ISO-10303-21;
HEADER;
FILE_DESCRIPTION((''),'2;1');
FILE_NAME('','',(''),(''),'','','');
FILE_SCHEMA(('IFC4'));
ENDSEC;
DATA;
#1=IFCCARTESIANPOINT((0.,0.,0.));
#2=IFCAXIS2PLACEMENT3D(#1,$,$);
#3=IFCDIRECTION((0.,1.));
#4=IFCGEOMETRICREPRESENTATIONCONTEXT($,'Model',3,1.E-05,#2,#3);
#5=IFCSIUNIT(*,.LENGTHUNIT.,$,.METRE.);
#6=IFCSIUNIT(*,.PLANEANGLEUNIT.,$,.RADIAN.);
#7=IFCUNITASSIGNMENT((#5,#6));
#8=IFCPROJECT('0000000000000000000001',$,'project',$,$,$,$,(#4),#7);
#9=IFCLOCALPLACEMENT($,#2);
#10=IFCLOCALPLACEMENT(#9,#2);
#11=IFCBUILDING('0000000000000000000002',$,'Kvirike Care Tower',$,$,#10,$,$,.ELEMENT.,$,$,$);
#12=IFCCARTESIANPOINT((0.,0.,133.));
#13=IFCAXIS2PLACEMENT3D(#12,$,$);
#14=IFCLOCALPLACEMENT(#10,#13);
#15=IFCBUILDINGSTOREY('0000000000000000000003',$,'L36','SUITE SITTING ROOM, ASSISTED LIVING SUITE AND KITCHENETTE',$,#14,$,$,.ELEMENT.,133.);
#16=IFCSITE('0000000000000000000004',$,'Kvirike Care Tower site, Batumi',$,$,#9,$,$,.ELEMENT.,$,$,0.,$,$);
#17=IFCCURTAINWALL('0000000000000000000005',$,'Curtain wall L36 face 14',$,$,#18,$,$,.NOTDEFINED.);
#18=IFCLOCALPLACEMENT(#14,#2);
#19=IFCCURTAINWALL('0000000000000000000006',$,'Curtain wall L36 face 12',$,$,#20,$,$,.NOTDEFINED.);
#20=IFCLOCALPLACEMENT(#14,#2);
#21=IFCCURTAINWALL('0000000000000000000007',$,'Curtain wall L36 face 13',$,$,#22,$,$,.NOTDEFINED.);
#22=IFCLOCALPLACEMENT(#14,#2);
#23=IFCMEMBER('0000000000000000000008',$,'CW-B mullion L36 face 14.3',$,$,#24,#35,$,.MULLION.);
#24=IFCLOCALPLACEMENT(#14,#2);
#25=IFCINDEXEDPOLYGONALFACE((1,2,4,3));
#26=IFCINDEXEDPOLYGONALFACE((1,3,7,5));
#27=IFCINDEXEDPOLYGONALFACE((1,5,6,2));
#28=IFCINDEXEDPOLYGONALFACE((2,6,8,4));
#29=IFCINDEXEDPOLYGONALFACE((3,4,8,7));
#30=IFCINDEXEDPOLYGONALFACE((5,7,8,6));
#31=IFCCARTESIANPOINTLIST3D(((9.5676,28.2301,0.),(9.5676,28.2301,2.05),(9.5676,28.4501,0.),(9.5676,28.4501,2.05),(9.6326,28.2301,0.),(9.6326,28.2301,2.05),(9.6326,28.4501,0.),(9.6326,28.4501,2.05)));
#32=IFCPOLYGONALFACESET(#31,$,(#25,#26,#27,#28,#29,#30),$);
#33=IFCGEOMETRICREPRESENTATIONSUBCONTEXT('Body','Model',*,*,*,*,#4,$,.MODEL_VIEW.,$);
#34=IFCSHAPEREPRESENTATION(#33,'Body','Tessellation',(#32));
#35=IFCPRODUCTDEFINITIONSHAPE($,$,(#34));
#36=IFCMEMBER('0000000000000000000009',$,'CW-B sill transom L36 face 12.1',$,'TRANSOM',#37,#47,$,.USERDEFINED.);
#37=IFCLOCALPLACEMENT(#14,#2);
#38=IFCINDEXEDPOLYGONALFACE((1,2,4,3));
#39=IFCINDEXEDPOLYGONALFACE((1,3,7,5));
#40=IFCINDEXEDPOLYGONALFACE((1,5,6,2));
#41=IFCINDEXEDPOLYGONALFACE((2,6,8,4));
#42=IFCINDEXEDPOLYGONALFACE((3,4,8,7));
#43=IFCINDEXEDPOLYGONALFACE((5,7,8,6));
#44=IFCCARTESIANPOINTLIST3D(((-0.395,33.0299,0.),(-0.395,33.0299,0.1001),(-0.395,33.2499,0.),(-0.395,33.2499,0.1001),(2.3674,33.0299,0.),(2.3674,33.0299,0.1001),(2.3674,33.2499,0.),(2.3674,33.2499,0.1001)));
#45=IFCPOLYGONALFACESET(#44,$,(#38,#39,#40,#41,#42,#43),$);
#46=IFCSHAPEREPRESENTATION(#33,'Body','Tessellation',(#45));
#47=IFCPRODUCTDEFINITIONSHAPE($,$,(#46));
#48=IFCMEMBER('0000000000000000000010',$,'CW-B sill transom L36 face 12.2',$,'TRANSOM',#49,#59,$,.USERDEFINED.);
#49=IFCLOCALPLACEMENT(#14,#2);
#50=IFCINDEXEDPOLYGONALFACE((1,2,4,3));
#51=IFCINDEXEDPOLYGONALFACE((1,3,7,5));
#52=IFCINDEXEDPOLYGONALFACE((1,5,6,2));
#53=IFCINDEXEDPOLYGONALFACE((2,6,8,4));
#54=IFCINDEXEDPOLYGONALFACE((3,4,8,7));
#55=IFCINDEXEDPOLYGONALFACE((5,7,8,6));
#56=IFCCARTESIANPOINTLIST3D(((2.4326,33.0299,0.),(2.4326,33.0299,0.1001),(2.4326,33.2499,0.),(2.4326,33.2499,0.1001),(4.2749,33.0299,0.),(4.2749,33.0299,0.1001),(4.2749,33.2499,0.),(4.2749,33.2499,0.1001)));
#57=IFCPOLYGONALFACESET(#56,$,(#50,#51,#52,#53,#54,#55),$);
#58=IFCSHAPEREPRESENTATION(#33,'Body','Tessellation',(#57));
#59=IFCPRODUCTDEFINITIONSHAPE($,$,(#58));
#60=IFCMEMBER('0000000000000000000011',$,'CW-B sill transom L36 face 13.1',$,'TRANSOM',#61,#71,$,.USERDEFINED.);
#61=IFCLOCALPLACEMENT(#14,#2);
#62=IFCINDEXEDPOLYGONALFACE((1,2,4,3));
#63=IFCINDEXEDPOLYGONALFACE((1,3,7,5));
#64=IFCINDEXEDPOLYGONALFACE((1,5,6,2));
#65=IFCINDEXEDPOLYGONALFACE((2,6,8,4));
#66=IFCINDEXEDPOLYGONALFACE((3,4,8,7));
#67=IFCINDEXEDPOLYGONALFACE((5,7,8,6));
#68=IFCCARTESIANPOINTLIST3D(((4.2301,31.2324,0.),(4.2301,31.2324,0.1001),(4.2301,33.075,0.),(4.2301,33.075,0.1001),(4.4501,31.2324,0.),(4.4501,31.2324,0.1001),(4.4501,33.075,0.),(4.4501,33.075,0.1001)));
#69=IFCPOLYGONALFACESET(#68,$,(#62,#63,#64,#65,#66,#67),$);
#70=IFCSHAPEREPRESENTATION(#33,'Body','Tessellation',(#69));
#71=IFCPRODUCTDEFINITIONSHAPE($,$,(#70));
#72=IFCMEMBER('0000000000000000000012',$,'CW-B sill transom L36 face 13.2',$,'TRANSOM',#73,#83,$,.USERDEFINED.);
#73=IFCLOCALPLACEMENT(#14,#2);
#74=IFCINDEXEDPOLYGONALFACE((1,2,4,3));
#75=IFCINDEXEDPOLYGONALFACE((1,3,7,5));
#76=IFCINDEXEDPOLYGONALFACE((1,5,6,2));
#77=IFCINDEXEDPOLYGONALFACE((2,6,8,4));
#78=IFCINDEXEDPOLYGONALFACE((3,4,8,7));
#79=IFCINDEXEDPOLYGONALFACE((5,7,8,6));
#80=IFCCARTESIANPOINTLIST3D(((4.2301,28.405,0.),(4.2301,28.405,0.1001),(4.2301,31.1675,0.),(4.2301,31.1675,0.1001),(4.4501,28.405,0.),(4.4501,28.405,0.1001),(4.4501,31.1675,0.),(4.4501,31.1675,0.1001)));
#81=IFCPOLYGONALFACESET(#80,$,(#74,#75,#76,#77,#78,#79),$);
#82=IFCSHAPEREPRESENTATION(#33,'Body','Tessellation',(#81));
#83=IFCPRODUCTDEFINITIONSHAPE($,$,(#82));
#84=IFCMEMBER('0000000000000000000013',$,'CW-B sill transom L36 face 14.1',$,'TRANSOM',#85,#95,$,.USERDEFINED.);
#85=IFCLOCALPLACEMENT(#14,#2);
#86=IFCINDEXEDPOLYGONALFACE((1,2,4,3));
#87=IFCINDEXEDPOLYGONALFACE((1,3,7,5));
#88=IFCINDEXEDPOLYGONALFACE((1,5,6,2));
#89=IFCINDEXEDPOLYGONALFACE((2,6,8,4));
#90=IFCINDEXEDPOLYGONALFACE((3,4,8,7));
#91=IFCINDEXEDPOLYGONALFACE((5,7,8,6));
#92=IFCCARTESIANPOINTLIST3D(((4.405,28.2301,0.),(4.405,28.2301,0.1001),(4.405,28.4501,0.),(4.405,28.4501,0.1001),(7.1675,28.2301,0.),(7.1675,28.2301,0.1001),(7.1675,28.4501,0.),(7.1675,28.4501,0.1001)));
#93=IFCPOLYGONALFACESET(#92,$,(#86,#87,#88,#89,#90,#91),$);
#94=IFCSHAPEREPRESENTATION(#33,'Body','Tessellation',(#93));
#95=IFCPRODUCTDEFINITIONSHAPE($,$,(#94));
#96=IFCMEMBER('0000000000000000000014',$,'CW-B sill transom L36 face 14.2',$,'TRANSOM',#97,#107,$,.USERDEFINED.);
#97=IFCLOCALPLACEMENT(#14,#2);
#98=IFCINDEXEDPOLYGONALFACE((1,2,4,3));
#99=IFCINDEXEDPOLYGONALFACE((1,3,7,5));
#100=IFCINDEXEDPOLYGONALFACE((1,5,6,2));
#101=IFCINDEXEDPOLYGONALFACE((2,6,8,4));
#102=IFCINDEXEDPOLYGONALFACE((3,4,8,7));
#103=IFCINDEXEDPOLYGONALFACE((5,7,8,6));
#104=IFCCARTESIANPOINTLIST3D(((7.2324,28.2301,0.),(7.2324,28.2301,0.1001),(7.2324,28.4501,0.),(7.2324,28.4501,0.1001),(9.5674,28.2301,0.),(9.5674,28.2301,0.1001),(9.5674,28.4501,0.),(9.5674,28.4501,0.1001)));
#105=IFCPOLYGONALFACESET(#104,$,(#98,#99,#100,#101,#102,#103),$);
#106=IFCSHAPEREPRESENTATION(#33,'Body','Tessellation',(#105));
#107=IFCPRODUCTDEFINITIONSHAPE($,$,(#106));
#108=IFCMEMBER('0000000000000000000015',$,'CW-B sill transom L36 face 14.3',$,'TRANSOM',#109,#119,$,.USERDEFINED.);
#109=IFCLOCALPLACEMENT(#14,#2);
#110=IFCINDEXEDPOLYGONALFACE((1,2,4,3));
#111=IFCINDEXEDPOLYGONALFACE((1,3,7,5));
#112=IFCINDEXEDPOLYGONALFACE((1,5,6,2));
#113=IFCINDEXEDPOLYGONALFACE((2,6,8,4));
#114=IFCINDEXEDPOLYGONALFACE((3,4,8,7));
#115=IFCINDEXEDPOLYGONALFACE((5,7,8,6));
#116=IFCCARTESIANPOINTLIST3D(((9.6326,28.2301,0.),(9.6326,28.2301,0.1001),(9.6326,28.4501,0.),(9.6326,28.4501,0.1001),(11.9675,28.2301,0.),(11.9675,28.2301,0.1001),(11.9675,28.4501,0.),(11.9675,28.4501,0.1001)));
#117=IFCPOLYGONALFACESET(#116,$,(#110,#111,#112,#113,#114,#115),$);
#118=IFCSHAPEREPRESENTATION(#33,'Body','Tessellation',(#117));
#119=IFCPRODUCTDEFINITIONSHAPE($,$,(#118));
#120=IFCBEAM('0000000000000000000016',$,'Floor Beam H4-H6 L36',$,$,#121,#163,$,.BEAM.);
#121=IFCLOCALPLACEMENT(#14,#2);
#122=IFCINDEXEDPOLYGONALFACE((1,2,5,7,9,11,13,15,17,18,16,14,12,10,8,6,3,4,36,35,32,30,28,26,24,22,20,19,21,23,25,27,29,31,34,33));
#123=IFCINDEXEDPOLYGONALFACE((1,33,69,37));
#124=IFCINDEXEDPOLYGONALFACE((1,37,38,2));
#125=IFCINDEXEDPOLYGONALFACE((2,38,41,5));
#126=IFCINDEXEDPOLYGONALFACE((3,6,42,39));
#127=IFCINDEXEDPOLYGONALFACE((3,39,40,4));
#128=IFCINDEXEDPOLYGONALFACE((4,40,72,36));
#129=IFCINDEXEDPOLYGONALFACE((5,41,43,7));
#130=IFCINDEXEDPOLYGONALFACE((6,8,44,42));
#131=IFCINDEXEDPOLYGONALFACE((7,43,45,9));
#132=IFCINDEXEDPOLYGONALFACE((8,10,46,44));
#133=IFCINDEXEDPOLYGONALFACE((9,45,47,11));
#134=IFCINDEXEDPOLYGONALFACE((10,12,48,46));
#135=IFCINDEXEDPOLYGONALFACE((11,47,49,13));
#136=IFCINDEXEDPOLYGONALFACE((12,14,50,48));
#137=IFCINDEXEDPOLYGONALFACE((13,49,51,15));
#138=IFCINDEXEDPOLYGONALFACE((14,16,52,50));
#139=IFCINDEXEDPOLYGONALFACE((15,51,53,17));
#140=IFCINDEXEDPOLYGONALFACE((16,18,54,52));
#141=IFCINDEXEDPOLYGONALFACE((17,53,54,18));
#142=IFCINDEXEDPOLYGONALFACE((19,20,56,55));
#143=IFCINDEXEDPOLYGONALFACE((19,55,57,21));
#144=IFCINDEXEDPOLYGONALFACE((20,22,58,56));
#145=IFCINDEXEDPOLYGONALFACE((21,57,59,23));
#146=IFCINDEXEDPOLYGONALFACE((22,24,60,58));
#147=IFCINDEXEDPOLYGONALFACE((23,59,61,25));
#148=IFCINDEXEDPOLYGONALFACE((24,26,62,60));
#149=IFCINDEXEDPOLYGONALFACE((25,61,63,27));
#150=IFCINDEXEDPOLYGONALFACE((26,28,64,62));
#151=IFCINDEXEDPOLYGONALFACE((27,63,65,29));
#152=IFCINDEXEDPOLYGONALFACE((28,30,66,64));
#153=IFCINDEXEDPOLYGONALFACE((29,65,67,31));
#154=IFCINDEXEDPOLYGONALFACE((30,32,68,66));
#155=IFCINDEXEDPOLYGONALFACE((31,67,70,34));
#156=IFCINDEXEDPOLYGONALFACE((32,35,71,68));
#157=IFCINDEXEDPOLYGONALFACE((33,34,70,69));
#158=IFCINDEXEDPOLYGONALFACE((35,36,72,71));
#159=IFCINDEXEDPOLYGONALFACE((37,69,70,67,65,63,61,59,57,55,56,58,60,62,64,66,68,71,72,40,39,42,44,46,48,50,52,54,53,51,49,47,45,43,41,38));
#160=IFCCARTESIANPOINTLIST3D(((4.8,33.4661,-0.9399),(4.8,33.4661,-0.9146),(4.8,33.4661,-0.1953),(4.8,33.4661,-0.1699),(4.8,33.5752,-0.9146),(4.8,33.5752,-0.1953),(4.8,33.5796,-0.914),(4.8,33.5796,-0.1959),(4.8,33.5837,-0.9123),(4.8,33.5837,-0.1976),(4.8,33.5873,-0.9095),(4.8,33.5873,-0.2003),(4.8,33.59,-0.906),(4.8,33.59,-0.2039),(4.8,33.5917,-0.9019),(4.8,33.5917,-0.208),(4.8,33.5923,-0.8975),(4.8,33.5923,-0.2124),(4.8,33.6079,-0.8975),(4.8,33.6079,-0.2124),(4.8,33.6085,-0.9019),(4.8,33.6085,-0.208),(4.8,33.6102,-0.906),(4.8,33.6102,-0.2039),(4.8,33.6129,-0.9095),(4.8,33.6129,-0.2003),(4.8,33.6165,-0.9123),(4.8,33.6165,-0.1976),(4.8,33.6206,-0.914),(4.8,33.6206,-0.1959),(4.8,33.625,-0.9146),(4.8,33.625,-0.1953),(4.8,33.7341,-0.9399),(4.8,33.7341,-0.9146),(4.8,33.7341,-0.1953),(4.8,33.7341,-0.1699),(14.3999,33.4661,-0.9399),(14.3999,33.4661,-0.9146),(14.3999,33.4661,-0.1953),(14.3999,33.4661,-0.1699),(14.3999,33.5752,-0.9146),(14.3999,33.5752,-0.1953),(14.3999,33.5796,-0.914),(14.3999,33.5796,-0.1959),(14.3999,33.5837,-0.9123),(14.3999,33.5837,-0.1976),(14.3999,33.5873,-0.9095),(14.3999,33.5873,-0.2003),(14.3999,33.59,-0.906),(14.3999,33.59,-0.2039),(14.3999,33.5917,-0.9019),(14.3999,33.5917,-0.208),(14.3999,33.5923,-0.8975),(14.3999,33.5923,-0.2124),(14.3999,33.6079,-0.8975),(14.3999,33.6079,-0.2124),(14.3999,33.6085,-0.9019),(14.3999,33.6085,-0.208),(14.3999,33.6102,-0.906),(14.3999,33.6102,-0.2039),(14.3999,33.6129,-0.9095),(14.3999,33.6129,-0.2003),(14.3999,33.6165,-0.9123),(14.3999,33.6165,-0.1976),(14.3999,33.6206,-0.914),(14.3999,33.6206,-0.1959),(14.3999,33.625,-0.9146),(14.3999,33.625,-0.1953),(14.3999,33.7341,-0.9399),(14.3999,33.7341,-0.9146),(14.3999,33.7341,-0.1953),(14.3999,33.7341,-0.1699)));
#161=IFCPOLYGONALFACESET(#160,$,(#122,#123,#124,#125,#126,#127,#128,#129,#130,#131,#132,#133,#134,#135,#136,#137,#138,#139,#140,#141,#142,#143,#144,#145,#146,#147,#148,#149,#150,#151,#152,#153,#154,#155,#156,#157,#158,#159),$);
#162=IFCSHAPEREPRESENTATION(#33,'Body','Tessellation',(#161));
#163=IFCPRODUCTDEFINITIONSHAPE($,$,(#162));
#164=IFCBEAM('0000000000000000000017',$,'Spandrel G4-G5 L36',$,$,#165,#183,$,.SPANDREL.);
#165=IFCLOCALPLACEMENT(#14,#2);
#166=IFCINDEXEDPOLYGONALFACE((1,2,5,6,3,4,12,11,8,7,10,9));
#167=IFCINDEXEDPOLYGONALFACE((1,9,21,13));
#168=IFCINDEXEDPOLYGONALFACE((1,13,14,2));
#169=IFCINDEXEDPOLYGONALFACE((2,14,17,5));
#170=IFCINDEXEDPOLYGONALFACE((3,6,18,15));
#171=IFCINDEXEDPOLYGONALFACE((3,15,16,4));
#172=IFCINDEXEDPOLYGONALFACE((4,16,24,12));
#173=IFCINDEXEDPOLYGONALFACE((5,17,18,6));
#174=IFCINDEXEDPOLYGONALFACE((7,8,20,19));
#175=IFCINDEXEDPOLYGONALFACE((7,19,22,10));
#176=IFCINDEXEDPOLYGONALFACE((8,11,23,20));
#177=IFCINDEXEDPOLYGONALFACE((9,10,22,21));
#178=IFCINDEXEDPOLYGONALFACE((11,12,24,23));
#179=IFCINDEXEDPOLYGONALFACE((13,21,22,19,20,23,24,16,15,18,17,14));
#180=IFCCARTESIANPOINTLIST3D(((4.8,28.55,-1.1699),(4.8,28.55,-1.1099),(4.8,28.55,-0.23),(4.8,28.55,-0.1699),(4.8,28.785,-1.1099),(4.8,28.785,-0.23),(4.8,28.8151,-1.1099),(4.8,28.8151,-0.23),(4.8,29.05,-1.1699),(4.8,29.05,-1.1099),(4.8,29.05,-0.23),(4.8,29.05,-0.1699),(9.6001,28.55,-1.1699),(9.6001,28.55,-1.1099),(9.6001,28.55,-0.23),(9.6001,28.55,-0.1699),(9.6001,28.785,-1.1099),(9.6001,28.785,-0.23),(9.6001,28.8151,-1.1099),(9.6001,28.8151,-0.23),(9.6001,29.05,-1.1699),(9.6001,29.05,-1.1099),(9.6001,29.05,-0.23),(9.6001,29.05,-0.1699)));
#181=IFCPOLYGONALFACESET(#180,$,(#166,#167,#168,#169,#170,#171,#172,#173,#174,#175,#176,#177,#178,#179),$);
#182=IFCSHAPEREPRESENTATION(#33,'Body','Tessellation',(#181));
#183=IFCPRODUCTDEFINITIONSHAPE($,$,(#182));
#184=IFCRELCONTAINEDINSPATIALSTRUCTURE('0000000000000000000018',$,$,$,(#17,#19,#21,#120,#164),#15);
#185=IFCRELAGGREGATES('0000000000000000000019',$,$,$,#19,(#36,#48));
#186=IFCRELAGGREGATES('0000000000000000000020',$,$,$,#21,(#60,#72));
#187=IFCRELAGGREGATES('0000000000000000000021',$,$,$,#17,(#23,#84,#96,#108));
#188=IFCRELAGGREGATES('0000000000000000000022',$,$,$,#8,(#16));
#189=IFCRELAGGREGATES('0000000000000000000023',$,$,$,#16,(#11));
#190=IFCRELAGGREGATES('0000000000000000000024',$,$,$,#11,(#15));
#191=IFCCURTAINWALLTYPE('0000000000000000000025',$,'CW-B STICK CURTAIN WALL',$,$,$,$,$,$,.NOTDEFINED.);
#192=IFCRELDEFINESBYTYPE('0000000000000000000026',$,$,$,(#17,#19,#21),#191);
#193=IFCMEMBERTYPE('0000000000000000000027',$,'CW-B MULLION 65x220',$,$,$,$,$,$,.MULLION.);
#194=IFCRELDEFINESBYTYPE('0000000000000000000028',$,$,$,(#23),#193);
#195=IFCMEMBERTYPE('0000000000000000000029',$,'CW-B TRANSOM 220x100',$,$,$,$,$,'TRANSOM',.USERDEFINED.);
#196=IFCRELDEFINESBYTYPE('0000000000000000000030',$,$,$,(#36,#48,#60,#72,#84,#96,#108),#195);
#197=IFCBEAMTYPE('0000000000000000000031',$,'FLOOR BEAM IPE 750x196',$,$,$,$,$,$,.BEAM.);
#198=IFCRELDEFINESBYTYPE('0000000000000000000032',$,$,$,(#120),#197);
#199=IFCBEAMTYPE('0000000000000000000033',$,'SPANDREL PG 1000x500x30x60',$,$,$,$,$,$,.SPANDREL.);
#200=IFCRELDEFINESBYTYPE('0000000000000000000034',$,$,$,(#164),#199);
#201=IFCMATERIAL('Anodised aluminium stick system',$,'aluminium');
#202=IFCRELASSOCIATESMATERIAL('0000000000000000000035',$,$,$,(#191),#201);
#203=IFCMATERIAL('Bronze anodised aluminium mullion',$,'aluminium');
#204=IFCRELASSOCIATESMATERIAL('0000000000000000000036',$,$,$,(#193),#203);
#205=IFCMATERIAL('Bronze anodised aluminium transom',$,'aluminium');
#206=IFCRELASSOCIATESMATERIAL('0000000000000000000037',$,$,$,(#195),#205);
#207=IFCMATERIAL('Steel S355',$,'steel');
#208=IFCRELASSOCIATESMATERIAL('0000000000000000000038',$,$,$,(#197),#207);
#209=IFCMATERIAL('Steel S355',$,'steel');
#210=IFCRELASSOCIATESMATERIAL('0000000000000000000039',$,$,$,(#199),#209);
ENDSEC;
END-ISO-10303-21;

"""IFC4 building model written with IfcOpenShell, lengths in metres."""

from ifc_helpers import new_model, si_unit, direction, frame, origin, origin_2d, place, context, subcontext, project, spatial, rectangle, i_section, extrude, material, material_profile, profile_set, type_object, element, aggregate, save


model = new_model("IFC4")

# Units and contexts
model_context = context("Model", 3, precision=1e-05, world=origin(), true_north=direction((0.0, 1.0)))
body_context = subcontext(model_context, "Body", "Model", "MODEL_VIEW")
ifc_project = project(units=[si_unit("LENGTHUNIT", "METRE"), si_unit("PLANEANGLEUNIT", "RADIAN")], contexts=[model_context])

# Site, building, storey
site_placement = place(None, origin())
site = spatial("IfcSite", under=ifc_project, at=site_placement, Name="Kvirike Care Tower site, Batumi", CompositionType="ELEMENT", RefElevation=0.0)
building_placement = place(site_placement, origin())
building = spatial("IfcBuilding", under=site, at=building_placement, Name="Kvirike Care Tower", CompositionType="ELEMENT")
storey_placement = place(building_placement, frame((0.0, 0.0, 133.0)))
storey = spatial("IfcBuildingStorey", under=building, at=storey_placement, Name="L36", Description="SUITE SITTING ROOM, ASSISTED LIVING SUITE AND KITCHENETTE", CompositionType="ELEMENT", Elevation=133.0)

# Curtain wall
ifc_material_1 = material(Name="Anodised aluminium stick system", Category="aluminium")
curtain_wall_type = type_object("IfcCurtainWallType", Name="CW-B STICK CURTAIN WALL", PredefinedType="NOTDEFINED", material=ifc_material_1)
curtain_wall_1_placement = place(storey_placement, origin())
curtain_wall_1 = element("IfcCurtainWall", 1, at=curtain_wall_1_placement, inside=storey, type_object=curtain_wall_type, Name="Curtain wall L36 face 14", PredefinedType="NOTDEFINED")
ifc_material_2 = material(Name="Bronze anodised aluminium mullion", Category="aluminium")
ifc_material_profile_1 = material_profile(ifc_material_2, rectangle(XDim=0.0649, YDim=0.22, at=origin_2d()), Name="CW-B MULLION 65x220")
ifc_profile_set_1 = profile_set([ifc_material_profile_1], Name="Bronze anodised aluminium mullion")
member_type_1 = type_object("IfcMemberType", Name="CW-B MULLION 65x220", PredefinedType="MULLION", material=ifc_profile_set_1)

# Curtain walls
curtain_wall_2_placement = place(storey_placement, origin())
curtain_wall_2 = element("IfcCurtainWall", 2, at=curtain_wall_2_placement, inside=storey, type_object=curtain_wall_type, Name="Curtain wall L36 face 12", PredefinedType="NOTDEFINED")
curtain_wall_3_placement = place(storey_placement, origin())
curtain_wall_3 = element("IfcCurtainWall", 3, at=curtain_wall_3_placement, inside=storey, type_object=curtain_wall_type, Name="Curtain wall L36 face 13", PredefinedType="NOTDEFINED")

# Members
member_1_placement = place(storey_placement, frame((9.6001, 28.3401, 0.0), z_axis=(0.0, 0.0, 1.0), x_axis=(1.0, 0.0, 0.0)))
member_1 = element("IfcMember", 4, at=member_1_placement, type_object=member_type_1, Name="CW-B mullion L36 face 14.3", PredefinedType="MULLION", context=body_context, shape_type="SweptSolid", body=[
    extrude(rectangle(XDim=0.0649, YDim=0.22, at=origin_2d()), origin(), (0.0, 0.0, 1.0), 2.05),
])
ifc_material_3 = material(Name="Bronze anodised aluminium transom", Category="aluminium")
ifc_material_profile_2 = material_profile(ifc_material_3, rectangle(XDim=0.22, YDim=0.1001, at=origin_2d()), Name="CW-B TRANSOM 220x100")
ifc_profile_set_2 = profile_set([ifc_material_profile_2], Name="Bronze anodised aluminium transom")
member_type_2 = type_object("IfcMemberType", Name="CW-B TRANSOM 220x100", ElementType="TRANSOM", PredefinedType="USERDEFINED", material=ifc_profile_set_2)
member_2_placement = place(storey_placement, frame((-0.395, 33.1399, 0.05), z_axis=(1.0, 0.0, 0.0), x_axis=(0.0, 1.0, 0.0)))
member_2 = element("IfcMember", 5, at=member_2_placement, type_object=member_type_2, Name="CW-B sill transom L36 face 12.1", ObjectType="TRANSOM", PredefinedType="USERDEFINED", context=body_context, shape_type="SweptSolid", body=[
    extrude(rectangle(XDim=0.22, YDim=0.1001, at=origin_2d()), origin(), (0.0, 0.0, 1.0), 2.7625),
])
member_3_placement = place(storey_placement, frame((2.4326, 33.1399, 0.05), z_axis=(1.0, 0.0, 0.0), x_axis=(0.0, 1.0, 0.0)))
member_3 = element("IfcMember", 6, at=member_3_placement, type_object=member_type_2, Name="CW-B sill transom L36 face 12.2", ObjectType="TRANSOM", PredefinedType="USERDEFINED", context=body_context, shape_type="SweptSolid", body=[
    extrude(rectangle(XDim=0.22, YDim=0.1001, at=origin_2d()), origin(), (0.0, 0.0, 1.0), 1.8423),
])
member_4_placement = place(storey_placement, frame((4.3401, 33.075, 0.05), z_axis=(0.0, -1.0, 0.0), x_axis=(1.0, 0.0, 0.0)))
member_4 = element("IfcMember", 7, at=member_4_placement, type_object=member_type_2, Name="CW-B sill transom L36 face 13.1", ObjectType="TRANSOM", PredefinedType="USERDEFINED", context=body_context, shape_type="SweptSolid", body=[
    extrude(rectangle(XDim=0.22, YDim=0.1001, at=origin_2d()), origin(), (0.0, 0.0, 1.0), 1.8425),
])
member_5_placement = place(storey_placement, frame((4.3401, 31.1675, 0.05), z_axis=(0.0, -1.0, 0.0), x_axis=(1.0, 0.0, 0.0)))
member_5 = element("IfcMember", 8, at=member_5_placement, type_object=member_type_2, Name="CW-B sill transom L36 face 13.2", ObjectType="TRANSOM", PredefinedType="USERDEFINED", context=body_context, shape_type="SweptSolid", body=[
    extrude(rectangle(XDim=0.22, YDim=0.1001, at=origin_2d()), origin(), (0.0, 0.0, 1.0), 2.7625),
])
member_6_placement = place(storey_placement, frame((4.405, 28.3401, 0.05), z_axis=(1.0, 0.0, 0.0), x_axis=(0.0, 1.0, 0.0)))
member_6 = element("IfcMember", 9, at=member_6_placement, type_object=member_type_2, Name="CW-B sill transom L36 face 14.1", ObjectType="TRANSOM", PredefinedType="USERDEFINED", context=body_context, shape_type="SweptSolid", body=[
    extrude(rectangle(XDim=0.22, YDim=0.1001, at=origin_2d()), origin(), (0.0, 0.0, 1.0), 2.7625),
])
member_7_placement = place(storey_placement, frame((7.2324, 28.3401, 0.05), z_axis=(1.0, 0.0, 0.0), x_axis=(0.0, 1.0, 0.0)))
member_7 = element("IfcMember", 10, at=member_7_placement, type_object=member_type_2, Name="CW-B sill transom L36 face 14.2", ObjectType="TRANSOM", PredefinedType="USERDEFINED", context=body_context, shape_type="SweptSolid", body=[
    extrude(rectangle(XDim=0.22, YDim=0.1001, at=origin_2d()), origin(), (0.0, 0.0, 1.0), 2.335),
])
member_8_placement = place(storey_placement, frame((9.6326, 28.3401, 0.05), z_axis=(1.0, 0.0, 0.0), x_axis=(0.0, 1.0, 0.0)))
member_8 = element("IfcMember", 11, at=member_8_placement, type_object=member_type_2, Name="CW-B sill transom L36 face 14.3", ObjectType="TRANSOM", PredefinedType="USERDEFINED", context=body_context, shape_type="SweptSolid", body=[
    extrude(rectangle(XDim=0.22, YDim=0.1001, at=origin_2d()), origin(), (0.0, 0.0, 1.0), 2.335),
])

# Beams
ifc_material_4 = material(Name="Steel S355", Category="steel")
ifc_material_profile_3 = material_profile(ifc_material_4, i_section(OverallWidth=0.2681, OverallDepth=0.77, WebThickness=0.0156, FlangeThickness=0.0254, FilletRadius=0.0171, at=origin_2d()), Name="IPE 750x196")
ifc_profile_set_3 = profile_set([ifc_material_profile_3], Name="Steel S355")
beam_type_1 = type_object("IfcBeamType", Name="FLOOR BEAM IPE 750x196", PredefinedType="BEAM", material=ifc_profile_set_3)
beam_1_placement = place(storey_placement, frame((4.8, 33.6001, -0.5549), z_axis=(1.0, 0.0, 0.0), x_axis=(0.0, 1.0, 0.0)))
element("IfcBeam", 12, at=beam_1_placement, inside=storey, type_object=beam_type_1, Name="Floor Beam H4-H6 L36", PredefinedType="BEAM", context=body_context, shape_type="SweptSolid", body=[
    extrude(i_section(OverallWidth=0.2681, OverallDepth=0.77, WebThickness=0.0156, FlangeThickness=0.0254, FilletRadius=0.0171, at=origin_2d()), origin(), (0.0, 0.0, 1.0), 9.5999),
])
ifc_material_5 = material(Name="Steel S355", Category="steel")
ifc_material_profile_4 = material_profile(ifc_material_5, i_section(OverallWidth=0.5, OverallDepth=1.0, WebThickness=0.03, FlangeThickness=0.0601, at=origin_2d()), Name="PG 1000x500x30x60")
ifc_profile_set_4 = profile_set([ifc_material_profile_4], Name="Steel S355")
beam_type_2 = type_object("IfcBeamType", Name="SPANDREL PG 1000x500x30x60", PredefinedType="SPANDREL", material=ifc_profile_set_4)
beam_2_placement = place(storey_placement, frame((4.8, 28.8, -0.6699), z_axis=(1.0, 0.0, 0.0), x_axis=(0.0, 1.0, 0.0)))
element("IfcBeam", 13, at=beam_2_placement, inside=storey, type_object=beam_type_2, Name="Spandrel G4-G5 L36", PredefinedType="SPANDREL", context=body_context, shape_type="SweptSolid", body=[
    extrude(i_section(OverallWidth=0.5, OverallDepth=1.0, WebThickness=0.03, FlangeThickness=0.0601, at=origin_2d()), origin(), (0.0, 0.0, 1.0), 4.8),
])

aggregate(curtain_wall_2, [member_2, member_3])
aggregate(curtain_wall_3, [member_4, member_5])
aggregate(curtain_wall_1, [member_1, member_6, member_7, member_8])

save(model, "model.ifc")
